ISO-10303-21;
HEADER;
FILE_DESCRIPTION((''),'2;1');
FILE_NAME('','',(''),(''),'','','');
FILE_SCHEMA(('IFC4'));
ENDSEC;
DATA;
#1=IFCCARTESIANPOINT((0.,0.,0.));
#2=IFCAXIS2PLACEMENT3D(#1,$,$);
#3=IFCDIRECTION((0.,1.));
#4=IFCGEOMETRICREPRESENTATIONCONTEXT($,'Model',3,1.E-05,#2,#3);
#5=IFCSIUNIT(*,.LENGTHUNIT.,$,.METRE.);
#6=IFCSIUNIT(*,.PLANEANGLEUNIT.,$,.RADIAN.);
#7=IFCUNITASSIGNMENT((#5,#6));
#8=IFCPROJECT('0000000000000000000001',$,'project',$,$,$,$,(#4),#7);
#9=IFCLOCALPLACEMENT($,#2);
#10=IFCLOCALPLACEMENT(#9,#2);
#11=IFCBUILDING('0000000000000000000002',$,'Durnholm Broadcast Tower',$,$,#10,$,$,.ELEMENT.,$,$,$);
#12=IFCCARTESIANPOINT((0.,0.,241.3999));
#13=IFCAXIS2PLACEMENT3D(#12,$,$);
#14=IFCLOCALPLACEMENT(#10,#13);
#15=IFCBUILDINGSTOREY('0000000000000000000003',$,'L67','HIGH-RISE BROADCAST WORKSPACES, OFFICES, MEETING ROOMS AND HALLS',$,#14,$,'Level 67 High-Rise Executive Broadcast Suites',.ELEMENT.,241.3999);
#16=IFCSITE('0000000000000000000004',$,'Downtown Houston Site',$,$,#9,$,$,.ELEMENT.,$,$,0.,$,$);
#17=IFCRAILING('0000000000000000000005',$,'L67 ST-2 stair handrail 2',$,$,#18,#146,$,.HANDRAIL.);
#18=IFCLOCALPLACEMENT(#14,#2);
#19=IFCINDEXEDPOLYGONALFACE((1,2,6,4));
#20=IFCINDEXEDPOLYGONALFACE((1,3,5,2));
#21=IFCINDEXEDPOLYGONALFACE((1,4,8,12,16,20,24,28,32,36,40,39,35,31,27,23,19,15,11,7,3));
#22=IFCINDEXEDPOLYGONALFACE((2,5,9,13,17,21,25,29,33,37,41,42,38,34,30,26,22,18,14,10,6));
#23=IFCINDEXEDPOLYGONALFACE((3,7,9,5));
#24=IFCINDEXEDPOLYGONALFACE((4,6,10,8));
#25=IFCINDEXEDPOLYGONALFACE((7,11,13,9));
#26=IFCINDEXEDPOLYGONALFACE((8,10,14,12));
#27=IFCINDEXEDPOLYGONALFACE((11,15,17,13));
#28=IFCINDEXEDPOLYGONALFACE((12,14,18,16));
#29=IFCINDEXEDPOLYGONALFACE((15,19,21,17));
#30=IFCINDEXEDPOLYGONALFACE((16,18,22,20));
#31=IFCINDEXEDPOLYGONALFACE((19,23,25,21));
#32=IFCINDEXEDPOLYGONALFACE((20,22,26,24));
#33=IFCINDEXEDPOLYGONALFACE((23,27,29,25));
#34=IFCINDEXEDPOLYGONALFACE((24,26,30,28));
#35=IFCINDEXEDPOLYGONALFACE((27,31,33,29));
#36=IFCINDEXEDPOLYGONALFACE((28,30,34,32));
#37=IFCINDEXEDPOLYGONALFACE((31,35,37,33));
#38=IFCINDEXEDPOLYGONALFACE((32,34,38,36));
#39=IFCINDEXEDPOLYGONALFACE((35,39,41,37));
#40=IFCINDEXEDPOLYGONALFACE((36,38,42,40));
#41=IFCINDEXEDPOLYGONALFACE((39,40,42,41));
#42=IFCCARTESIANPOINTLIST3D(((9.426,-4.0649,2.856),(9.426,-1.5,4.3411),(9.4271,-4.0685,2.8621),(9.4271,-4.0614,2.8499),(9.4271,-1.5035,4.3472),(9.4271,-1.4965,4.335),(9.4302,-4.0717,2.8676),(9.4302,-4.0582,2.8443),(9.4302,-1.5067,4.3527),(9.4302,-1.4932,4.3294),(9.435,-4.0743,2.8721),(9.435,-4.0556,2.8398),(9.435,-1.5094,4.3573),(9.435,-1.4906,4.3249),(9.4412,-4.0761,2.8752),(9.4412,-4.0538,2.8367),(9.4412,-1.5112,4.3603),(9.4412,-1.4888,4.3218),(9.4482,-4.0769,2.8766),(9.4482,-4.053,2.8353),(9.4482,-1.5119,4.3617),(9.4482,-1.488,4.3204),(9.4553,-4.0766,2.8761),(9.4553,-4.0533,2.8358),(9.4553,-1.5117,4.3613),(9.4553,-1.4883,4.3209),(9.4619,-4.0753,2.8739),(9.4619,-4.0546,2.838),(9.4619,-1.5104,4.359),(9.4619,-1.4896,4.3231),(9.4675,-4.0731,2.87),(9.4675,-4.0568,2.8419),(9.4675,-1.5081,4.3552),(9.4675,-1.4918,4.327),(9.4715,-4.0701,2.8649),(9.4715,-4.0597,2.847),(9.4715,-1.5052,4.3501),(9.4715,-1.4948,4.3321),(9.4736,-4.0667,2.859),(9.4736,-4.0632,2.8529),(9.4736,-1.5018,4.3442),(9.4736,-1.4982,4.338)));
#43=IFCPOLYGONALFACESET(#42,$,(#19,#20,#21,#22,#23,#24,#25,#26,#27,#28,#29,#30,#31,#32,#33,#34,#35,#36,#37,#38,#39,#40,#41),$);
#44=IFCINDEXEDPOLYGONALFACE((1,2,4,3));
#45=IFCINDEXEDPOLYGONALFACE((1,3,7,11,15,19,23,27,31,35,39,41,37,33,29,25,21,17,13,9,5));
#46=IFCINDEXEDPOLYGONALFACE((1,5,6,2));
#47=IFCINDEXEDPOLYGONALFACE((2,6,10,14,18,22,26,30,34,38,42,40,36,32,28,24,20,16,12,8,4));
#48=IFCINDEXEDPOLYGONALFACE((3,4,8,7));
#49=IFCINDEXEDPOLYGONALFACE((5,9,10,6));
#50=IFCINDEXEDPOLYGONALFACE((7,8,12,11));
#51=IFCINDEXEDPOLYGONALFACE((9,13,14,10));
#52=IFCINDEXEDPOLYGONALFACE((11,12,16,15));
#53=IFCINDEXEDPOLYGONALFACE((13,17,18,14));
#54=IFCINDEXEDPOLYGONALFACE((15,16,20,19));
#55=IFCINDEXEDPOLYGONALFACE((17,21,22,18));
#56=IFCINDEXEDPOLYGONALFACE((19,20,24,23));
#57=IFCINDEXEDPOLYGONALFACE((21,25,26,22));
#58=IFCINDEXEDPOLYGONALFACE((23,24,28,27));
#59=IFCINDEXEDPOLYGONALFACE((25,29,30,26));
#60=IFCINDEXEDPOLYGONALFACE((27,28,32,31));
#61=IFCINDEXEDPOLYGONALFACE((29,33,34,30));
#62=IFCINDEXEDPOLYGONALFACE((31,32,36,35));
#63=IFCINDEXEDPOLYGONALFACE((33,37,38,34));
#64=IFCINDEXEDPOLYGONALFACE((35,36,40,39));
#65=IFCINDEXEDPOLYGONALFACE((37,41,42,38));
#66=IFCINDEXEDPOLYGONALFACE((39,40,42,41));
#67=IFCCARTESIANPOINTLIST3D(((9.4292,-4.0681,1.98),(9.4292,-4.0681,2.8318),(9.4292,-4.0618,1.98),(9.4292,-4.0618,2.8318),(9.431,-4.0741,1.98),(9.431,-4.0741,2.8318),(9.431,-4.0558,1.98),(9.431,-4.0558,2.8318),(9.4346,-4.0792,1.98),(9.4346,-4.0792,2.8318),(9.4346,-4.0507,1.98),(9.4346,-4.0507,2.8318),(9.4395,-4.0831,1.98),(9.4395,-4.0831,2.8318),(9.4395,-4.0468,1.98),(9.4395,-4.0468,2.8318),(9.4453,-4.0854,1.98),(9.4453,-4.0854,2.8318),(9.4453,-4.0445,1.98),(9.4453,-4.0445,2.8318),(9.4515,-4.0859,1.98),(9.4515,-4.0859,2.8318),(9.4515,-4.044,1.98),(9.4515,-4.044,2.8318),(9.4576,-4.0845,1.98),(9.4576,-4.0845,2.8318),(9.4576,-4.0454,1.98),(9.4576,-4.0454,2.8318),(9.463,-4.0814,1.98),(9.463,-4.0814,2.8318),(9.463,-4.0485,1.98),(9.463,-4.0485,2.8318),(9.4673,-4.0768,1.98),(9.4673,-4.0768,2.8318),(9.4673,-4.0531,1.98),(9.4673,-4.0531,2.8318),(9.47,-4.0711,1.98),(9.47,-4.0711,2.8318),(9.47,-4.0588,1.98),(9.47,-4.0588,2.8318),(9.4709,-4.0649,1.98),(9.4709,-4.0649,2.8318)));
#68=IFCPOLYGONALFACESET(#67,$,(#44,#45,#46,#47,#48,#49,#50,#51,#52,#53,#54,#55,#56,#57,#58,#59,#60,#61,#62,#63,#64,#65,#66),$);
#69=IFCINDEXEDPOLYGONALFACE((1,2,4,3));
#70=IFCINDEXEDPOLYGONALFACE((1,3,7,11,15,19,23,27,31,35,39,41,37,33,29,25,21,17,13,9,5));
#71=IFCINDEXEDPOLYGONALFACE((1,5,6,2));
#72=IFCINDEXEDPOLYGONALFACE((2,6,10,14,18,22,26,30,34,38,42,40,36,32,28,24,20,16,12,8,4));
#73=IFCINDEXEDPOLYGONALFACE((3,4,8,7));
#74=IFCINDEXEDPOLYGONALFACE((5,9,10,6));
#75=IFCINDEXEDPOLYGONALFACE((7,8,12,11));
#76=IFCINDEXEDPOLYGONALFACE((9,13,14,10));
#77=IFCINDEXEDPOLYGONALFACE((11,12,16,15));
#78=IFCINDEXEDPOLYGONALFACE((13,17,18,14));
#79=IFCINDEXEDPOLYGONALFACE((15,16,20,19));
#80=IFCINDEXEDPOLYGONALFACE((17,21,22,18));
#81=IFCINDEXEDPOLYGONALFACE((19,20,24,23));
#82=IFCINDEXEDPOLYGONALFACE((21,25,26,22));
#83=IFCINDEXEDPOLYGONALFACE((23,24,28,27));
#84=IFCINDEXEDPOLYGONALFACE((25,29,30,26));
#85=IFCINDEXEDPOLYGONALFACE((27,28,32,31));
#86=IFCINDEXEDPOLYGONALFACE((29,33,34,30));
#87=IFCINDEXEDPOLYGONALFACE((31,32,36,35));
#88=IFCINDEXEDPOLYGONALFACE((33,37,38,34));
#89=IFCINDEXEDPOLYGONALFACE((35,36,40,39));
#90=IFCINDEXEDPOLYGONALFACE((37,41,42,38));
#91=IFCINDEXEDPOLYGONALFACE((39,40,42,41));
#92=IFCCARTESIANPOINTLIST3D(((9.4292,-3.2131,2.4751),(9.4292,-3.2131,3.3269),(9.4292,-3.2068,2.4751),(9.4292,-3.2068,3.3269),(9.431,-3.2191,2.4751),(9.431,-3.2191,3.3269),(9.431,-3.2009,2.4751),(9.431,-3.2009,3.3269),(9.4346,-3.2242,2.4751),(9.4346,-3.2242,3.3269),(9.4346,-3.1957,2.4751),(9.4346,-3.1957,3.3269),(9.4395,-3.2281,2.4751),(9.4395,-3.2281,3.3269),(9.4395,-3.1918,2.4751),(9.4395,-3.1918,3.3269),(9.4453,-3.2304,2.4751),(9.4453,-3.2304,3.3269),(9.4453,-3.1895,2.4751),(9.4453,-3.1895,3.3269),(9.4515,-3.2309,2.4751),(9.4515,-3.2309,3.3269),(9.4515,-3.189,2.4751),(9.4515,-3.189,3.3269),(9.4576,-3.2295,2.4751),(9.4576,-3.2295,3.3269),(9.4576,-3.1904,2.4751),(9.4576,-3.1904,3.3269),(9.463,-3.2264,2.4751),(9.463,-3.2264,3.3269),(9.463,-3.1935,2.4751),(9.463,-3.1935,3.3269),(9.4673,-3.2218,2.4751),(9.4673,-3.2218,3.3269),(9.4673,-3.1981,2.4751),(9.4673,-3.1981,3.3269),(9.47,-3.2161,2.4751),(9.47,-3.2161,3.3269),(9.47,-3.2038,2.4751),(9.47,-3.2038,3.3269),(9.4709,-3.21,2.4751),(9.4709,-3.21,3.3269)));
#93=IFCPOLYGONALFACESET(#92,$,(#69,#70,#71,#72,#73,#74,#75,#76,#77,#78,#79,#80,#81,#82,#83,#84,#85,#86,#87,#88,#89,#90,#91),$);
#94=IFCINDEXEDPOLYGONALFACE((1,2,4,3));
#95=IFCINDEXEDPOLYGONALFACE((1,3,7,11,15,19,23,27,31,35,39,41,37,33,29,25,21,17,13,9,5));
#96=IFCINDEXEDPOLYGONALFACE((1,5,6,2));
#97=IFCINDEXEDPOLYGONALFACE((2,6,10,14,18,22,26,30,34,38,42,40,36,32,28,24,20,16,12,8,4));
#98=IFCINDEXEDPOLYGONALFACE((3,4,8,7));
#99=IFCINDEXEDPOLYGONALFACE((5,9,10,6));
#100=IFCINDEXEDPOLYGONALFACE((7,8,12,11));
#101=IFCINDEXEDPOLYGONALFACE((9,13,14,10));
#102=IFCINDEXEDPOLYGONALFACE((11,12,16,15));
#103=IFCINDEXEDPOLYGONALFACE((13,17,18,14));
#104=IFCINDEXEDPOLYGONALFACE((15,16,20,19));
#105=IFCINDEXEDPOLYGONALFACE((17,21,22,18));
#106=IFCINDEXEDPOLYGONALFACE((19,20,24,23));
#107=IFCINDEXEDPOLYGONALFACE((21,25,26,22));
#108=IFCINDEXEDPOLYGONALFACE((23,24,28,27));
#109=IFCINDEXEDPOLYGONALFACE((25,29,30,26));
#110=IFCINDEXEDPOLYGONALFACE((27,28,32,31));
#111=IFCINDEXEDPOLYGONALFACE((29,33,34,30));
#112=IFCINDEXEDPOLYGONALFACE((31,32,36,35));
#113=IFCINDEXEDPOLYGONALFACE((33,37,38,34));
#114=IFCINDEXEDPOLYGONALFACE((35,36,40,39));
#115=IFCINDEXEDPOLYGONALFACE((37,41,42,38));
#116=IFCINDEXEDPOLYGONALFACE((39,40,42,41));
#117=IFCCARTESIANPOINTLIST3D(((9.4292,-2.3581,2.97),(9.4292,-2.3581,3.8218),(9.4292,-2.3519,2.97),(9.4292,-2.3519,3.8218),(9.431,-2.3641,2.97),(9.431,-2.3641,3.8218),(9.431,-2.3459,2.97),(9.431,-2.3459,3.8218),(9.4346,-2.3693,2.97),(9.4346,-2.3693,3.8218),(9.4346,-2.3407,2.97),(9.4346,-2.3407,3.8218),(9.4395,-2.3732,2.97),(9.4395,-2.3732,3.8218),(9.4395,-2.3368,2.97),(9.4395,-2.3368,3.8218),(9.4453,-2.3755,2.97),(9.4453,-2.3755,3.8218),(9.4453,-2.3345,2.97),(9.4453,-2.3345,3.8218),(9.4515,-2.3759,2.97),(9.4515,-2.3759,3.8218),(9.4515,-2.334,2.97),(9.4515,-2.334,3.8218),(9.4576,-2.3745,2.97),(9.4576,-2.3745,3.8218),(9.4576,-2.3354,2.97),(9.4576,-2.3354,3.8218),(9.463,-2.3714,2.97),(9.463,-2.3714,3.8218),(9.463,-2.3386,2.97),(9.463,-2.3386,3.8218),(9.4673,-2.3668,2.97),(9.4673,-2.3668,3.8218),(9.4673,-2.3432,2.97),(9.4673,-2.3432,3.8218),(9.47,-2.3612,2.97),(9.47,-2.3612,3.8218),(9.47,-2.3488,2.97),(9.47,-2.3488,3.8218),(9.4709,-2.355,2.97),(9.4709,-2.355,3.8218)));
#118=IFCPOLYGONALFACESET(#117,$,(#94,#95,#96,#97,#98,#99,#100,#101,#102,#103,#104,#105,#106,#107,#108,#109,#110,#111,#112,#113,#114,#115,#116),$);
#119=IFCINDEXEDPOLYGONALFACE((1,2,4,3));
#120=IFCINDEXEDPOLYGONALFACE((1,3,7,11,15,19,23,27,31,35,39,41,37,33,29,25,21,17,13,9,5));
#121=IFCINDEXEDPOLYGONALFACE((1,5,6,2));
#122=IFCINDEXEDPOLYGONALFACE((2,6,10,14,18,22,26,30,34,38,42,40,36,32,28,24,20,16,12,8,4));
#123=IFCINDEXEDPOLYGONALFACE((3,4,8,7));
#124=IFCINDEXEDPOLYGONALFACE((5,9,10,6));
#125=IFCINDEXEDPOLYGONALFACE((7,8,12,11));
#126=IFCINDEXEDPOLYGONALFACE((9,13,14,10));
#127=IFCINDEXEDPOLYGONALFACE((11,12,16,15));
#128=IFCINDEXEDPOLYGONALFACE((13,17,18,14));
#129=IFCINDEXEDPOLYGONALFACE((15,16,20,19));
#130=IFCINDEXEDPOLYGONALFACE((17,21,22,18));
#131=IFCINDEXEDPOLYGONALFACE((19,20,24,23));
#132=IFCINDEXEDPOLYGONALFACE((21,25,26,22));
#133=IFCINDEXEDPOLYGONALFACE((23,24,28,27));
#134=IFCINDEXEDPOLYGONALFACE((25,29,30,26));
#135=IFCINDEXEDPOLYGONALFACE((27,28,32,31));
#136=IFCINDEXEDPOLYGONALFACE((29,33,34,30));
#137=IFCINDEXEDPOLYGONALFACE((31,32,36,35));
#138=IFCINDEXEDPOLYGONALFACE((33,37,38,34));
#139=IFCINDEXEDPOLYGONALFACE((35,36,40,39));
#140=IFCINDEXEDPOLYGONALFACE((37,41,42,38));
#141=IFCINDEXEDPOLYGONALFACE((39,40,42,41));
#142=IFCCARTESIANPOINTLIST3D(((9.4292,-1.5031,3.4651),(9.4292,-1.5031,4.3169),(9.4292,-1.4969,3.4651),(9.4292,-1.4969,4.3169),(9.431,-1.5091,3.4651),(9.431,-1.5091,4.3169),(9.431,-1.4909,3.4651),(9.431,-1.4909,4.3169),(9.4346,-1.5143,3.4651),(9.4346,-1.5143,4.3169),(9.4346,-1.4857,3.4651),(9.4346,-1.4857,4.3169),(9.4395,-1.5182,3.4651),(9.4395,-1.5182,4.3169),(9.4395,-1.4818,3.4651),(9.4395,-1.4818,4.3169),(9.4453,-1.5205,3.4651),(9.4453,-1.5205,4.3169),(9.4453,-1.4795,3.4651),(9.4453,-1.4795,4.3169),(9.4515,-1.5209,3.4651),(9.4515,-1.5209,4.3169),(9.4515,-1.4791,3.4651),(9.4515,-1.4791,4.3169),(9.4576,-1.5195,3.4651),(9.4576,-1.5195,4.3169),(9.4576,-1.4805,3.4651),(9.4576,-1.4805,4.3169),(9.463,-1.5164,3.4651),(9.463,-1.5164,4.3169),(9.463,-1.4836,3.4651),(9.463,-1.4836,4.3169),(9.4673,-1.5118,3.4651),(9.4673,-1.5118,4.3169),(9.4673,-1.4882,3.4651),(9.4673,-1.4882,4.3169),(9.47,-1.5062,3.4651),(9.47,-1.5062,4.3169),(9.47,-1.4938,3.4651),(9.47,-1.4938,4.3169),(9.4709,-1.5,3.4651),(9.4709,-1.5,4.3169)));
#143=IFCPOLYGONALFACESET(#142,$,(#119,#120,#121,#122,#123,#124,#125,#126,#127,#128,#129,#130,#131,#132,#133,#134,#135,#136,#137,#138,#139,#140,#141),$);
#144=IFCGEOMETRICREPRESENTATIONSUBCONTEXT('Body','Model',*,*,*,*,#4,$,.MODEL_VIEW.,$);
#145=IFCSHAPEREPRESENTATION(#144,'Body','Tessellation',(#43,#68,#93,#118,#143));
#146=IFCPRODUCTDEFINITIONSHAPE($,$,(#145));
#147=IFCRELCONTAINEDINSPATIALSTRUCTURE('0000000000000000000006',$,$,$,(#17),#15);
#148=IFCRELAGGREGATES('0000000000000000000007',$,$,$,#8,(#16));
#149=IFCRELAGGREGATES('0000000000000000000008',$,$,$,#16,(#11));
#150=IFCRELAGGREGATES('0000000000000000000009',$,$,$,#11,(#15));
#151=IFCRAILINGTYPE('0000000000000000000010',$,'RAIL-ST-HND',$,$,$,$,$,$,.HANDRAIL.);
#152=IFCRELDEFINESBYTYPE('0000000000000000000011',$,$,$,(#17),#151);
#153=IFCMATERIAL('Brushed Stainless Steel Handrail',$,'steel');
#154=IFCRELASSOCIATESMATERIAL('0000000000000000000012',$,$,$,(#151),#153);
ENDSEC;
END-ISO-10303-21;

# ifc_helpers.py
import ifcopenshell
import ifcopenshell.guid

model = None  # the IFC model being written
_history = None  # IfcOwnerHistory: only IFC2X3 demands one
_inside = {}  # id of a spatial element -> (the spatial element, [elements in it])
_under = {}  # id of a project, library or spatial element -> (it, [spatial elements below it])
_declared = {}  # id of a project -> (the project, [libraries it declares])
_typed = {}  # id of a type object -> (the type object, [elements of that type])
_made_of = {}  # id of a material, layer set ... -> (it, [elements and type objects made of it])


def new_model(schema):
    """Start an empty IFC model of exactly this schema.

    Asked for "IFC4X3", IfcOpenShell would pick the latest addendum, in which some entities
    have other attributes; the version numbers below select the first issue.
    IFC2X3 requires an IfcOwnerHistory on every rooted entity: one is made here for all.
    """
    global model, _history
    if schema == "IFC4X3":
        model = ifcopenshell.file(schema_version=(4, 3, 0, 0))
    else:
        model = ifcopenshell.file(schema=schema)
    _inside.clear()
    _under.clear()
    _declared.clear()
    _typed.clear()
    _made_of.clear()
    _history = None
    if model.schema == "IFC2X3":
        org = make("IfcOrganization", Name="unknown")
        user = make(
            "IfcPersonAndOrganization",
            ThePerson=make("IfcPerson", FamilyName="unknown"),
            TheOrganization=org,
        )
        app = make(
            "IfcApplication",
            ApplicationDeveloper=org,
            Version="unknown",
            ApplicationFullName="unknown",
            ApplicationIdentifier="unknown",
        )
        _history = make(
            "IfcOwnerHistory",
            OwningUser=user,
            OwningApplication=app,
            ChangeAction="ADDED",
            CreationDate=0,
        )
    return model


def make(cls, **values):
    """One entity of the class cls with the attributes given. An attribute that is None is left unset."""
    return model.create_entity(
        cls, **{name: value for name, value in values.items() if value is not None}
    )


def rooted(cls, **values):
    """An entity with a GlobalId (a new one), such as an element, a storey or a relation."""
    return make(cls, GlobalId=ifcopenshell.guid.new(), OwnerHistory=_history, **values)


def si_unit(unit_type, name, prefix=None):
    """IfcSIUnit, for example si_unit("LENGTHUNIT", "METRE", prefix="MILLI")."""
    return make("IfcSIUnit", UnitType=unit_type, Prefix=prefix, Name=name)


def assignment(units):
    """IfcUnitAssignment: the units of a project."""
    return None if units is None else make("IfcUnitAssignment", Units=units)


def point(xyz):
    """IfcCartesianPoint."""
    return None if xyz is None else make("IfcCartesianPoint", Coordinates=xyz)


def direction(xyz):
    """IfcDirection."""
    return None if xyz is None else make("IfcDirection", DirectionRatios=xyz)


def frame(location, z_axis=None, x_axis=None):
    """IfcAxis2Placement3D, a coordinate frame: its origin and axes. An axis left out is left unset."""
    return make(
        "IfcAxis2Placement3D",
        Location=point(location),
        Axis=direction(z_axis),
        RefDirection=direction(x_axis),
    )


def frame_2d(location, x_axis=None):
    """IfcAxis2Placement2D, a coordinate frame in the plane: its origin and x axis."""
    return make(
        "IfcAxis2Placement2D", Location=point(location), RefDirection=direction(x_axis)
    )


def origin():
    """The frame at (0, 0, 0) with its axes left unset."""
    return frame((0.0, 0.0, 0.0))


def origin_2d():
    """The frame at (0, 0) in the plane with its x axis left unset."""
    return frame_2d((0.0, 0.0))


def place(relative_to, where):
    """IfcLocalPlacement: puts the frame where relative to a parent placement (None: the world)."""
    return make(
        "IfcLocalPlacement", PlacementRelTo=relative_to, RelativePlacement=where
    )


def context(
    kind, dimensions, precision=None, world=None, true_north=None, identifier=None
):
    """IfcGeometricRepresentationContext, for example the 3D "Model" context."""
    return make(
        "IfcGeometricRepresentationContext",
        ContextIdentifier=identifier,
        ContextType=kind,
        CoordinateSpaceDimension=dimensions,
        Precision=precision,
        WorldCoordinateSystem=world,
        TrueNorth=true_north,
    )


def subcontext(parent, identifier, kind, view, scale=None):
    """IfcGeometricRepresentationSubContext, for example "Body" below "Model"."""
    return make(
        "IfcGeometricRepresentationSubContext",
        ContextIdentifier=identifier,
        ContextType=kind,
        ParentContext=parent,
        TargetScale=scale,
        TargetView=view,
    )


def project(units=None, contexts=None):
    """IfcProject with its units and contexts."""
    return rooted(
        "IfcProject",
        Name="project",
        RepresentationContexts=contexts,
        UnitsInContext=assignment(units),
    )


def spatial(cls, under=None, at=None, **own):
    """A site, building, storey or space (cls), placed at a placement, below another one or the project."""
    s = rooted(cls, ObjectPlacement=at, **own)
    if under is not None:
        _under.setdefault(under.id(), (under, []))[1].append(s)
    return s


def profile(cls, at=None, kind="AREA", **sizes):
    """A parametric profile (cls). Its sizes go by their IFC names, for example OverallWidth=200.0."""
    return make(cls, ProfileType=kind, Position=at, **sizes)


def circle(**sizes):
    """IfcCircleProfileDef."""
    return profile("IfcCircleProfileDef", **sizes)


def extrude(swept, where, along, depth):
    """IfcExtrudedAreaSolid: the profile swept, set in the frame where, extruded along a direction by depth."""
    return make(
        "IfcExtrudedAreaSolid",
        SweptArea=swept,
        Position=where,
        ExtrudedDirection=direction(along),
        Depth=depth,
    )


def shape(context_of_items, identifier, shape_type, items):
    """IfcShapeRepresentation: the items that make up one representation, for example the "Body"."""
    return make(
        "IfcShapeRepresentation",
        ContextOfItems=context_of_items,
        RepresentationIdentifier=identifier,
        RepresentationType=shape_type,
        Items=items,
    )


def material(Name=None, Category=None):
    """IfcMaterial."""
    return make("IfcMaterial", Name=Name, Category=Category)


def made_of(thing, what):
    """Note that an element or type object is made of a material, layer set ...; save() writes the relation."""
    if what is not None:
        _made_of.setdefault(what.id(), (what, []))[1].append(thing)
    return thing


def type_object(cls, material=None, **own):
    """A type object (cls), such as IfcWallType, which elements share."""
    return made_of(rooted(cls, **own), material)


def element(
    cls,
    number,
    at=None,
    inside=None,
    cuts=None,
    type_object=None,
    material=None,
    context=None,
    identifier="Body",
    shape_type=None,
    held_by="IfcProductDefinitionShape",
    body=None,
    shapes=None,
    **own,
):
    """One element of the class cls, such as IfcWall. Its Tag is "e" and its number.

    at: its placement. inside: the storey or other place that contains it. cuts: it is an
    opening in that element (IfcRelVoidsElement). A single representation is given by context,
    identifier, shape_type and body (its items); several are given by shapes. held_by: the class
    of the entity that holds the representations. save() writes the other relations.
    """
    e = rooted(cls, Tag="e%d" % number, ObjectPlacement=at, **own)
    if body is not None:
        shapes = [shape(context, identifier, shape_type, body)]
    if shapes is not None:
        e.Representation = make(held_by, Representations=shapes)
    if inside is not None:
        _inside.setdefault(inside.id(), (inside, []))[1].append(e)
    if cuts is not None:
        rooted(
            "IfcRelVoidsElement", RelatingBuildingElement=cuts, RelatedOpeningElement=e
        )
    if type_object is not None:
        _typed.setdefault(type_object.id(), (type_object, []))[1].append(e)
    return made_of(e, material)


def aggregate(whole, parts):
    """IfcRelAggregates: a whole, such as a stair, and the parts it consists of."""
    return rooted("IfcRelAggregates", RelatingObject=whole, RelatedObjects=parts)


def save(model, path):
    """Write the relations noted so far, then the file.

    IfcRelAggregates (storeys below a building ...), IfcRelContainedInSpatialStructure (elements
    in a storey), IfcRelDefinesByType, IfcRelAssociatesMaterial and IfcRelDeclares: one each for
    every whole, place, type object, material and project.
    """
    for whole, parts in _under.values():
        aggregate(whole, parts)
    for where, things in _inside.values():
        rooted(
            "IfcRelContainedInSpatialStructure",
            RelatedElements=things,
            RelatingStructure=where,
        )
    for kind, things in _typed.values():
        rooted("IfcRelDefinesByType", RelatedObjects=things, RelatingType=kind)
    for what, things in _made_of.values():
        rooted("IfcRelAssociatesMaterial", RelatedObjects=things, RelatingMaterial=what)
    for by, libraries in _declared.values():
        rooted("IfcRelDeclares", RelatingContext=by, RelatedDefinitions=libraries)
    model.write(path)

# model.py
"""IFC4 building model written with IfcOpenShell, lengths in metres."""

from ifc_helpers import new_model, si_unit, direction, frame, origin, origin_2d, place, context, subcontext, project, spatial, circle, extrude, material, type_object, element, save


model = new_model("IFC4")

# Units and contexts
model_context = context("Model", 3, precision=1e-05, world=origin(), true_north=direction((0.0, 1.0)))
body_context = subcontext(model_context, "Body", "Model", "MODEL_VIEW")
ifc_project = project(units=[si_unit("LENGTHUNIT", "METRE"), si_unit("PLANEANGLEUNIT", "RADIAN")], contexts=[model_context])

# Site, building, storey
site_placement = place(None, origin())
site = spatial("IfcSite", under=ifc_project, at=site_placement, Name="Downtown Houston Site", CompositionType="ELEMENT", RefElevation=0.0)
building_placement = place(site_placement, origin())
building = spatial("IfcBuilding", under=site, at=building_placement, Name="Durnholm Broadcast Tower", CompositionType="ELEMENT")
storey_placement = place(building_placement, frame((0.0, 0.0, 241.3999)))
storey = spatial("IfcBuildingStorey", under=building, at=storey_placement, Name="L67", Description="HIGH-RISE BROADCAST WORKSPACES, OFFICES, MEETING ROOMS AND HALLS", LongName="Level 67 High-Rise Executive Broadcast Suites", CompositionType="ELEMENT", Elevation=241.3999)

# Railing
ifc_material_1 = material(Name="Brushed Stainless Steel Handrail", Category="steel")
railing_type_1 = type_object("IfcRailingType", Name="RAIL-ST-HND", PredefinedType="HANDRAIL", material=ifc_material_1)
railing_1_placement = place(storey_placement, frame((9.45, -4.0649, 1.98)))
element("IfcRailing", 1, at=railing_1_placement, inside=storey, type_object=railing_type_1, Name="L67 ST-2 stair handrail 2", PredefinedType="HANDRAIL", context=body_context, shape_type="SweptSolid", body=[
    extrude(circle(Radius=0.0239, at=origin_2d()), frame((0.0, 0.0, 0.876), z_axis=(0.0, 0.865406, 0.501072), x_axis=(-1.0, 0.0, 0.0)), (0.0, 0.0, 1.0), 2.9639),
    extrude(circle(Radius=0.021, at=origin_2d()), origin(), (0.0, 0.0, 1.0), 0.8518),
    extrude(circle(Radius=0.021, at=origin_2d()), frame((0.0, 0.855, 0.4951)), (0.0, 0.0, 1.0), 0.8518),
    extrude(circle(Radius=0.021, at=origin_2d()), frame((0.0, 1.71, 0.99)), (0.0, 0.0, 1.0), 0.8518),
    extrude(circle(Radius=0.021, at=origin_2d()), frame((0.0, 2.5649, 1.4851)), (0.0, 0.0, 1.0), 0.8518),
])

save(model, "model.ifc")
